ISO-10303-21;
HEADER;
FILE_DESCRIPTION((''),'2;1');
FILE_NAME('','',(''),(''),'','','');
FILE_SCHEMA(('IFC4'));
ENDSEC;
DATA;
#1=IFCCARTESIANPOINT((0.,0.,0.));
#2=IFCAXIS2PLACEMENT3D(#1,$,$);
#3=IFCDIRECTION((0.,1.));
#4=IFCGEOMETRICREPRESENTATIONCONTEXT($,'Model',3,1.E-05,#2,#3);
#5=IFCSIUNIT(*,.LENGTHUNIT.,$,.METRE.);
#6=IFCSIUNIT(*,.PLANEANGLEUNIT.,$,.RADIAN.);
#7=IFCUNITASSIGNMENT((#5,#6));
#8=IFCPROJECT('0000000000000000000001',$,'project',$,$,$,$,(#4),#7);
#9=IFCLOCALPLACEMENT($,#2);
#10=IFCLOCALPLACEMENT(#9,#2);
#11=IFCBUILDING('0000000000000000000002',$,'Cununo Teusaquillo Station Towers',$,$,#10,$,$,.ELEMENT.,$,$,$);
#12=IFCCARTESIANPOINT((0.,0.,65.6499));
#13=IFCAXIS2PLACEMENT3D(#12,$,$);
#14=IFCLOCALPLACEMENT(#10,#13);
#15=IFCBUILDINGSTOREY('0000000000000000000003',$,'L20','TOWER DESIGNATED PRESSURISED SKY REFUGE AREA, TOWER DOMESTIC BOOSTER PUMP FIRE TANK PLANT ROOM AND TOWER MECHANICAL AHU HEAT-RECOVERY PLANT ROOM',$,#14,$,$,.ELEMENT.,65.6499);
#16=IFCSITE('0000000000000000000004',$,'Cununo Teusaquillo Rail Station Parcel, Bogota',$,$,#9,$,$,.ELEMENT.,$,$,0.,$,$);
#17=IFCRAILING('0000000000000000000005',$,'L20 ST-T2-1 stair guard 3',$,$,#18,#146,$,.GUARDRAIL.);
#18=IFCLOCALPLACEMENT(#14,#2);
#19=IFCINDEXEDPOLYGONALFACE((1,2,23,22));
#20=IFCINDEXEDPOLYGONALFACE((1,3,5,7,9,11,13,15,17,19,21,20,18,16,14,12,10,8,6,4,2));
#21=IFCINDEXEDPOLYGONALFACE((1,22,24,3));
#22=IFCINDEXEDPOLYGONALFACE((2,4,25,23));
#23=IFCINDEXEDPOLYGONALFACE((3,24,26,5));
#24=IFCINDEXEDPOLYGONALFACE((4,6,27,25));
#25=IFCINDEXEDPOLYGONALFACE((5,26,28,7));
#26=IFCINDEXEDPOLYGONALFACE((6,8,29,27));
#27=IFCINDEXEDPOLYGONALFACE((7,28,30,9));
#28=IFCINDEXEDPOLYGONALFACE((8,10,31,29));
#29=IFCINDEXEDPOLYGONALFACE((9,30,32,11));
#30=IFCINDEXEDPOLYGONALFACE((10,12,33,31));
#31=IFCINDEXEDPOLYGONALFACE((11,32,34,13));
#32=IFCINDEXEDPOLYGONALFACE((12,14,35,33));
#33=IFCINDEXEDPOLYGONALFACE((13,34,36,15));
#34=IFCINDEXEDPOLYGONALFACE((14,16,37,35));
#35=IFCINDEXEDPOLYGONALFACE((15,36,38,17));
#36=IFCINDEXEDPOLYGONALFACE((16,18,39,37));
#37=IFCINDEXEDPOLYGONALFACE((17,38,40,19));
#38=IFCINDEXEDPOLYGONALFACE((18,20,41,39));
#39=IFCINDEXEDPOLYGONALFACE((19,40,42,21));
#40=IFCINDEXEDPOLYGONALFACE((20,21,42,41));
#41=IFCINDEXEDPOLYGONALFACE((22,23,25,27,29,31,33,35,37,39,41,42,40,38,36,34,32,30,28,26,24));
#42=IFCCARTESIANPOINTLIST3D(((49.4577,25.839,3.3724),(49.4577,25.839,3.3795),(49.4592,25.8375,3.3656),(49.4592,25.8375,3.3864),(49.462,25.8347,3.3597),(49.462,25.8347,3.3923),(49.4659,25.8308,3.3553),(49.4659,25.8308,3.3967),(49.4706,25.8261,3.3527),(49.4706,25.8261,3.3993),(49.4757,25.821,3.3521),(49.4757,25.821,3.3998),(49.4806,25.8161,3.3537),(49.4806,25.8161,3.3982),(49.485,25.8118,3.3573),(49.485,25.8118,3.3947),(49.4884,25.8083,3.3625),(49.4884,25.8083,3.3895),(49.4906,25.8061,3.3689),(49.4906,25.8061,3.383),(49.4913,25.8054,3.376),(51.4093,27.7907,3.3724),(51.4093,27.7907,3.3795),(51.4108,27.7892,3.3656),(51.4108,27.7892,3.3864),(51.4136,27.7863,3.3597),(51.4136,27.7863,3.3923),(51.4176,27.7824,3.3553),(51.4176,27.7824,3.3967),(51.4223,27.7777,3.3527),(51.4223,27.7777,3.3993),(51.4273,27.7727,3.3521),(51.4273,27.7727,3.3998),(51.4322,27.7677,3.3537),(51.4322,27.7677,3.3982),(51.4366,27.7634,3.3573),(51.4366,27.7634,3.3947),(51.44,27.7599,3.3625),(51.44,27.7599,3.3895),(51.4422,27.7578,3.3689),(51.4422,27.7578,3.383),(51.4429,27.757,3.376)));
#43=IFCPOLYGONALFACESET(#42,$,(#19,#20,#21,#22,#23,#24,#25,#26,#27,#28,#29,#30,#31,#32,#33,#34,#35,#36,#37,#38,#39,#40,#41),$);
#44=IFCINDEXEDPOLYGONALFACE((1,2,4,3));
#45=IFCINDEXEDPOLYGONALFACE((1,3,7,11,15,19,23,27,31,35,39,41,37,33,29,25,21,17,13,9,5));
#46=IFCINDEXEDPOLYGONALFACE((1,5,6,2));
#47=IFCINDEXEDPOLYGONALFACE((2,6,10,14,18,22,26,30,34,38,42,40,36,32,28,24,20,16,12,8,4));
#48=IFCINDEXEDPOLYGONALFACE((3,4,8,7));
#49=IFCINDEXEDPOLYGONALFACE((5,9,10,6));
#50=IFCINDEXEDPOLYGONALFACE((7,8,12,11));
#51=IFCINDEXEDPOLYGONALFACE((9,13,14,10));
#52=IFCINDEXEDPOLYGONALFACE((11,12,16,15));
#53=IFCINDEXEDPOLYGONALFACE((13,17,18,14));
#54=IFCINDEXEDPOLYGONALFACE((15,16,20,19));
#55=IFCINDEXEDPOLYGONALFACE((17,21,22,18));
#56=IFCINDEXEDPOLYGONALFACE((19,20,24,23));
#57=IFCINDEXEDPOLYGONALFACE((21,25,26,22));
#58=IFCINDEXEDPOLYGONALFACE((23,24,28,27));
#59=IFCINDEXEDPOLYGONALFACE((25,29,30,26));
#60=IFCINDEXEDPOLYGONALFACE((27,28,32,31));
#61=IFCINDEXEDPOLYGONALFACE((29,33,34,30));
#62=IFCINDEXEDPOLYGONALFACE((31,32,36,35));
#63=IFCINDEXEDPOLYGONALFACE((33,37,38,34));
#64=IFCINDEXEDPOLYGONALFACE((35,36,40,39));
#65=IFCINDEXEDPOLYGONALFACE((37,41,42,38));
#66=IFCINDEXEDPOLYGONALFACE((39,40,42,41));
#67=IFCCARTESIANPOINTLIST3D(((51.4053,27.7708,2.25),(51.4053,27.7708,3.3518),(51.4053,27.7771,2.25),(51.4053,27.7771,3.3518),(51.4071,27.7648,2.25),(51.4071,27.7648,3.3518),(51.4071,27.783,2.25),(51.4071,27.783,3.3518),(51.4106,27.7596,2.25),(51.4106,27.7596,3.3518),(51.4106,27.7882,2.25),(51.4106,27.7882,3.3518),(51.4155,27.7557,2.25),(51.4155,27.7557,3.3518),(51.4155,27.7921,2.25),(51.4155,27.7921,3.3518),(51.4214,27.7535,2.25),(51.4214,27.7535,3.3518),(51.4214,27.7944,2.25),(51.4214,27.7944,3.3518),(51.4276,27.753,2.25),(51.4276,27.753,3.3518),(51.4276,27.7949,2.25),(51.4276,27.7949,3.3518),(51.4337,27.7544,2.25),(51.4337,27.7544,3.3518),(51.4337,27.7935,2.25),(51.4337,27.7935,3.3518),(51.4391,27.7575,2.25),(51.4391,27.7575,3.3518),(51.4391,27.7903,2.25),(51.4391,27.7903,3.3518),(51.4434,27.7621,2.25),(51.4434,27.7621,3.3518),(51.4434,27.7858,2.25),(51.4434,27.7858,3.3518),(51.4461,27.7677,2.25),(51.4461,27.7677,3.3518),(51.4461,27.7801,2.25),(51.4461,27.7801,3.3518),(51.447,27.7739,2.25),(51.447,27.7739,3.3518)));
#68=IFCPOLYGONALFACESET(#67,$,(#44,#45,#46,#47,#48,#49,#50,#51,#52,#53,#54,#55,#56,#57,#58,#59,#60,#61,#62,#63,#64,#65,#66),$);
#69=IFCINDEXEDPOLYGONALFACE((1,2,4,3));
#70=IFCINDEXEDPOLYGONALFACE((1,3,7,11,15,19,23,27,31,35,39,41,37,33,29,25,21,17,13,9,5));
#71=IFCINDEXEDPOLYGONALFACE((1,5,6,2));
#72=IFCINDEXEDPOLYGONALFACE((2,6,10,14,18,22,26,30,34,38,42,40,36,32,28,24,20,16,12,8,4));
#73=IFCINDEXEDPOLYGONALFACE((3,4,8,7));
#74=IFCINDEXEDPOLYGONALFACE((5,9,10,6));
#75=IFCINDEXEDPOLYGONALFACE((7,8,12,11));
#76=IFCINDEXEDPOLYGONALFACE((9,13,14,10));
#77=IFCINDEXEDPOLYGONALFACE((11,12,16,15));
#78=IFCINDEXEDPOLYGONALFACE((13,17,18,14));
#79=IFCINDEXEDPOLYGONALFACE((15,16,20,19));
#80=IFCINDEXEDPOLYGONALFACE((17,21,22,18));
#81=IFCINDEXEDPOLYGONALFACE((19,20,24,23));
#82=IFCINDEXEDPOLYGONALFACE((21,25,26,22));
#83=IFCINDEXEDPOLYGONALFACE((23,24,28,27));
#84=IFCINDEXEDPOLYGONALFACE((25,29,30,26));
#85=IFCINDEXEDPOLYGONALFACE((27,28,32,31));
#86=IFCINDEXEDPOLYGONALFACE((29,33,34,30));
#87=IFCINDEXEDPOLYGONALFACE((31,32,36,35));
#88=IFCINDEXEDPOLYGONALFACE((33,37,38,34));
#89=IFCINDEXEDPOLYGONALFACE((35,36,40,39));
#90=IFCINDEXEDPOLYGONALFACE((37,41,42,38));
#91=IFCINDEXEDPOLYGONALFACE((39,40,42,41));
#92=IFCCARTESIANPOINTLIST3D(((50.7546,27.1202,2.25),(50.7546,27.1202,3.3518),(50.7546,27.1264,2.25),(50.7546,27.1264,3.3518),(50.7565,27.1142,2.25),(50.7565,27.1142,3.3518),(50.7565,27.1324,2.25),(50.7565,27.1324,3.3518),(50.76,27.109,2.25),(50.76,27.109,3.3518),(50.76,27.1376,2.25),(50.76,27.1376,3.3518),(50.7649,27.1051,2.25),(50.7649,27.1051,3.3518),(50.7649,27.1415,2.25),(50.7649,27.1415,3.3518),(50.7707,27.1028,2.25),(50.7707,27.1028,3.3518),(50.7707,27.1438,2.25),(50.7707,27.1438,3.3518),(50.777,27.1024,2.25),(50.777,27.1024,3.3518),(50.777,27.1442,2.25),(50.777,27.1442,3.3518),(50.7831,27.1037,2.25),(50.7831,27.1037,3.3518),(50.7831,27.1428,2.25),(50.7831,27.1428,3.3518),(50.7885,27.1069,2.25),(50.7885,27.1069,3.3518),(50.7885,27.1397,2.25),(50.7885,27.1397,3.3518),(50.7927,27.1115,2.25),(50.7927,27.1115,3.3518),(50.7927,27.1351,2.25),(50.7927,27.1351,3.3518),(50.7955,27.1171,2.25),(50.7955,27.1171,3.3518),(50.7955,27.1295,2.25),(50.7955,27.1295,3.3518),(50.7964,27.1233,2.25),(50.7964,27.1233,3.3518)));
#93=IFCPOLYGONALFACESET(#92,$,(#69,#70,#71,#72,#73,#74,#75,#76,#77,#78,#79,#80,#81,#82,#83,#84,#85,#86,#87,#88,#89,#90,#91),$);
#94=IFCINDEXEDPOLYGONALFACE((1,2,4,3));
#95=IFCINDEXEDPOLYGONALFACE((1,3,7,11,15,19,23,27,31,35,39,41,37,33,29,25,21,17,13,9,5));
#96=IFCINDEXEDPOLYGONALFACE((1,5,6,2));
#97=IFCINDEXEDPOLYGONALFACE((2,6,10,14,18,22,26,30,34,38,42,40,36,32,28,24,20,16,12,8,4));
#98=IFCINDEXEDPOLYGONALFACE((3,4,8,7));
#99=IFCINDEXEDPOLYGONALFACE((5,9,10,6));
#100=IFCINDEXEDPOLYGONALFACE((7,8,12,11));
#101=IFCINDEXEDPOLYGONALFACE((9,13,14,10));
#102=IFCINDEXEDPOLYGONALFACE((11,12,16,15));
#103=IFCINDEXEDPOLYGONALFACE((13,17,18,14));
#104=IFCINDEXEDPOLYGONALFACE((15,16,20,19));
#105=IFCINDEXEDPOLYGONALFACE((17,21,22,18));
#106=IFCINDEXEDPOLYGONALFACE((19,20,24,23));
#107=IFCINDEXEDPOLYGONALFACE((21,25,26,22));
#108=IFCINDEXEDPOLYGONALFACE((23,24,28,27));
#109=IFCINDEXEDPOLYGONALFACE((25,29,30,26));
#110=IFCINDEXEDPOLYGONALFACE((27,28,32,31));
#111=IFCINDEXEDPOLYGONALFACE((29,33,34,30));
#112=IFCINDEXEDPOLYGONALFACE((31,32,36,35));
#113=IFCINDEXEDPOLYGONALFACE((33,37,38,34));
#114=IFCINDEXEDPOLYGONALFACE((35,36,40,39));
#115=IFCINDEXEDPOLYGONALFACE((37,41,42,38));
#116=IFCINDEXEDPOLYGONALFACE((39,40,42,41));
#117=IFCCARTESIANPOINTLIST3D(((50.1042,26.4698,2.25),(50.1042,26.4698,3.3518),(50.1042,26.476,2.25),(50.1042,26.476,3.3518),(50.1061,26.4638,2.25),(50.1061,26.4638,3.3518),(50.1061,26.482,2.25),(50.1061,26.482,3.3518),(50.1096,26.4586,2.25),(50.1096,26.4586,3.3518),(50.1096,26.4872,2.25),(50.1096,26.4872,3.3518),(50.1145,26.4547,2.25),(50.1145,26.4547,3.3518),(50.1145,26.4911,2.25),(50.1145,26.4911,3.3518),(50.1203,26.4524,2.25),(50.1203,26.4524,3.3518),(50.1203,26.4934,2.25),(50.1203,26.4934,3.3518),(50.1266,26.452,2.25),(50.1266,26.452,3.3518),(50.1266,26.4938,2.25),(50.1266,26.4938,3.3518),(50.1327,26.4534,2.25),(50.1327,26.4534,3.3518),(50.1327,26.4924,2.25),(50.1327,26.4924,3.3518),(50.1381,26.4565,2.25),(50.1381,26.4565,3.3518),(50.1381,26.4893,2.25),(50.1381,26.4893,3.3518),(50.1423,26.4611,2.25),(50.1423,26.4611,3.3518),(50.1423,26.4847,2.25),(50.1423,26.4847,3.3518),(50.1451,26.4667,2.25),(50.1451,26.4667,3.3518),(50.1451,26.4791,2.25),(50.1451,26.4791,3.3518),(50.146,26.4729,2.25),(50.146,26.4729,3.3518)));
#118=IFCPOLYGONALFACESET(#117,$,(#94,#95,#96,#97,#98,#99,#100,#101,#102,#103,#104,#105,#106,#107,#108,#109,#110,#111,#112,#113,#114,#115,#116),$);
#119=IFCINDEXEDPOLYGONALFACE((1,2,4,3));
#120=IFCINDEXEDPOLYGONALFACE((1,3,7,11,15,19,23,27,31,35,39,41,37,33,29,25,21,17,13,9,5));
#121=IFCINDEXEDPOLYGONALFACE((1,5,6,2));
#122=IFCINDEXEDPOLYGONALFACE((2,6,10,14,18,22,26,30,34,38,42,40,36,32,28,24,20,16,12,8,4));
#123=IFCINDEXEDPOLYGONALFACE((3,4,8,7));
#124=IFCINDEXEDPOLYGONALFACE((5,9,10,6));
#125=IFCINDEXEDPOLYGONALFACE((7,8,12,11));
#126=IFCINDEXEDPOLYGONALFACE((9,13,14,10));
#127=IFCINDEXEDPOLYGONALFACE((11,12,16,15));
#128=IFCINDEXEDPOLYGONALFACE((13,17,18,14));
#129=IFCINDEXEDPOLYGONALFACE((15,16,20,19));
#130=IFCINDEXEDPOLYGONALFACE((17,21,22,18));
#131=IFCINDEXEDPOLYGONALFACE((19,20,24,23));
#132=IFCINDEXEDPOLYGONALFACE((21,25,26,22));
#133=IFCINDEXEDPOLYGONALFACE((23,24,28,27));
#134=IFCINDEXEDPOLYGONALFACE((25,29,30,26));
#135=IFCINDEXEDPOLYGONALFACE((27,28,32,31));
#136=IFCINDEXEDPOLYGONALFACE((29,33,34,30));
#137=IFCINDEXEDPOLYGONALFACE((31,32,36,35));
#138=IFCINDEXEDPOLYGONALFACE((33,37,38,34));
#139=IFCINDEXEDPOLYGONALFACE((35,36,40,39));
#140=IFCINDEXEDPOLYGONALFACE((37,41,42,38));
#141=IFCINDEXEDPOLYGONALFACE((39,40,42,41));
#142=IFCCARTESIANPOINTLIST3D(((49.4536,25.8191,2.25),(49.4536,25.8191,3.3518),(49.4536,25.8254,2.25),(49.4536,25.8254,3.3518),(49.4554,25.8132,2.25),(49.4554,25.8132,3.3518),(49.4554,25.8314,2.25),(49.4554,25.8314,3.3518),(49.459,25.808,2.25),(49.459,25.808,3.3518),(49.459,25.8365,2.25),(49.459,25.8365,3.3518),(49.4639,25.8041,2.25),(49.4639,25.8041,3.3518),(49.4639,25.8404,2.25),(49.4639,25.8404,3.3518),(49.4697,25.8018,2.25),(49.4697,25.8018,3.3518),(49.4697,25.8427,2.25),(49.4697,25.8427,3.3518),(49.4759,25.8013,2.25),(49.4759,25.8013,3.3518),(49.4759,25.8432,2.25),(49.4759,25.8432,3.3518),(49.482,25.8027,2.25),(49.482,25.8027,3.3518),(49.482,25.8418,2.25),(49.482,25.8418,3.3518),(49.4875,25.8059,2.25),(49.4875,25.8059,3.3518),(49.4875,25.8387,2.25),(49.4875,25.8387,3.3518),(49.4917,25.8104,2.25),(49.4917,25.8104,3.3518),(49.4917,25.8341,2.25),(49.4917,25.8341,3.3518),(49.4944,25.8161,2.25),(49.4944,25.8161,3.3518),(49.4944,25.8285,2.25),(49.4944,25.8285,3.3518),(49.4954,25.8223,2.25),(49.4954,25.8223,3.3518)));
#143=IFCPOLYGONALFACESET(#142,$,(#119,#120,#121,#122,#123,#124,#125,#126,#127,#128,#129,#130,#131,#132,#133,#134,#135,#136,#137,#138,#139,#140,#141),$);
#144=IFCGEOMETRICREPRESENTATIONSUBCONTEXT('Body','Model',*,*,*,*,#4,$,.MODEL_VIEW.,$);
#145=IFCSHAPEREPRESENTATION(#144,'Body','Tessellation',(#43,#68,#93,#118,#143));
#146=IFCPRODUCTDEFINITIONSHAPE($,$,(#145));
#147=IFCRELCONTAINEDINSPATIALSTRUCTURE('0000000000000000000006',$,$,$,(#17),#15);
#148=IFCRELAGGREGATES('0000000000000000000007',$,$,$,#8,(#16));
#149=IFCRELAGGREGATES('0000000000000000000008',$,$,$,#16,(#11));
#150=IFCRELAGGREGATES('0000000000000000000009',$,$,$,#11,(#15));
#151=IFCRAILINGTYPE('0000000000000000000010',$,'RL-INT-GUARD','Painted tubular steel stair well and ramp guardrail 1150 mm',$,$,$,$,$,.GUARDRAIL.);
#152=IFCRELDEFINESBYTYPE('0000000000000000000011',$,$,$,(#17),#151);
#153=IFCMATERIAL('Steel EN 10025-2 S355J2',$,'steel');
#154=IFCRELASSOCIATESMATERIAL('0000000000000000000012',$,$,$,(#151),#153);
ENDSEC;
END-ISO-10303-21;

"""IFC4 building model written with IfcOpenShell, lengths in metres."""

from ifc_helpers import new_model, si_unit, direction, frame, origin, origin_2d, place, context, subcontext, project, spatial, circle, extrude, material, type_object, element, save


model = new_model("IFC4")

# Units and contexts
model_context = context("Model", 3, precision=1e-05, world=origin(), true_north=direction((0.0, 1.0)))
body_context = subcontext(model_context, "Body", "Model", "MODEL_VIEW")
ifc_project = project(units=[si_unit("LENGTHUNIT", "METRE"), si_unit("PLANEANGLEUNIT", "RADIAN")], contexts=[model_context])

# Site, building, storey
site_placement = place(None, origin())
site = spatial("IfcSite", under=ifc_project, at=site_placement, Name="Cununo Teusaquillo Rail Station Parcel, Bogota", CompositionType="ELEMENT", RefElevation=0.0)
building_placement = place(site_placement, origin())
building = spatial("IfcBuilding", under=site, at=building_placement, Name="Cununo Teusaquillo Station Towers", CompositionType="ELEMENT")
storey_placement = place(building_placement, frame((0.0, 0.0, 65.6499)))
storey = spatial("IfcBuildingStorey", under=building, at=storey_placement, Name="L20", Description="TOWER DESIGNATED PRESSURISED SKY REFUGE AREA, TOWER DOMESTIC BOOSTER PUMP FIRE TANK PLANT ROOM AND TOWER MECHANICAL AHU HEAT-RECOVERY PLANT ROOM", CompositionType="ELEMENT", Elevation=65.6499)

# Railing
ifc_material_1 = material(Name="Steel EN 10025-2 S355J2", Category="steel")
railing_type = type_object("IfcRailingType", Name="RL-INT-GUARD", Description="Painted tubular steel stair well and ramp guardrail 1150 mm", PredefinedType="GUARDRAIL", material=ifc_material_1)
railing_1_placement = place(storey_placement, frame((51.426, 27.7739, 2.25)))
element("IfcRailing", 1, at=railing_1_placement, inside=storey, type_object=railing_type, Name="L20 ST-T2-1 stair guard 3", PredefinedType="GUARDRAIL", context=body_context, shape_type="SweptSolid", body=[
    extrude(circle(Radius=0.0239, at=origin_2d()), frame((0.0, 0.0, 1.126), z_axis=(-0.707107, -0.707107, 0.0), x_axis=(0.707107, -0.707107, 0.0)), (0.0, 0.0, 1.0), 2.76),
    extrude(circle(Radius=0.021, at=origin_2d()), origin(), (0.0, 0.0, 1.0), 1.1018),
    extrude(circle(Radius=0.021, at=origin_2d()), frame((-0.6506, -0.6506, 0.0)), (0.0, 0.0, 1.0), 1.1018),
    extrude(circle(Radius=0.021, at=origin_2d()), frame((-1.301, -1.301, 0.0)), (0.0, 0.0, 1.0), 1.1018),
    extrude(circle(Radius=0.021, at=origin_2d()), frame((-1.9517, -1.9517, 0.0)), (0.0, 0.0, 1.0), 1.1018),
])

save(model, "model.ifc")
